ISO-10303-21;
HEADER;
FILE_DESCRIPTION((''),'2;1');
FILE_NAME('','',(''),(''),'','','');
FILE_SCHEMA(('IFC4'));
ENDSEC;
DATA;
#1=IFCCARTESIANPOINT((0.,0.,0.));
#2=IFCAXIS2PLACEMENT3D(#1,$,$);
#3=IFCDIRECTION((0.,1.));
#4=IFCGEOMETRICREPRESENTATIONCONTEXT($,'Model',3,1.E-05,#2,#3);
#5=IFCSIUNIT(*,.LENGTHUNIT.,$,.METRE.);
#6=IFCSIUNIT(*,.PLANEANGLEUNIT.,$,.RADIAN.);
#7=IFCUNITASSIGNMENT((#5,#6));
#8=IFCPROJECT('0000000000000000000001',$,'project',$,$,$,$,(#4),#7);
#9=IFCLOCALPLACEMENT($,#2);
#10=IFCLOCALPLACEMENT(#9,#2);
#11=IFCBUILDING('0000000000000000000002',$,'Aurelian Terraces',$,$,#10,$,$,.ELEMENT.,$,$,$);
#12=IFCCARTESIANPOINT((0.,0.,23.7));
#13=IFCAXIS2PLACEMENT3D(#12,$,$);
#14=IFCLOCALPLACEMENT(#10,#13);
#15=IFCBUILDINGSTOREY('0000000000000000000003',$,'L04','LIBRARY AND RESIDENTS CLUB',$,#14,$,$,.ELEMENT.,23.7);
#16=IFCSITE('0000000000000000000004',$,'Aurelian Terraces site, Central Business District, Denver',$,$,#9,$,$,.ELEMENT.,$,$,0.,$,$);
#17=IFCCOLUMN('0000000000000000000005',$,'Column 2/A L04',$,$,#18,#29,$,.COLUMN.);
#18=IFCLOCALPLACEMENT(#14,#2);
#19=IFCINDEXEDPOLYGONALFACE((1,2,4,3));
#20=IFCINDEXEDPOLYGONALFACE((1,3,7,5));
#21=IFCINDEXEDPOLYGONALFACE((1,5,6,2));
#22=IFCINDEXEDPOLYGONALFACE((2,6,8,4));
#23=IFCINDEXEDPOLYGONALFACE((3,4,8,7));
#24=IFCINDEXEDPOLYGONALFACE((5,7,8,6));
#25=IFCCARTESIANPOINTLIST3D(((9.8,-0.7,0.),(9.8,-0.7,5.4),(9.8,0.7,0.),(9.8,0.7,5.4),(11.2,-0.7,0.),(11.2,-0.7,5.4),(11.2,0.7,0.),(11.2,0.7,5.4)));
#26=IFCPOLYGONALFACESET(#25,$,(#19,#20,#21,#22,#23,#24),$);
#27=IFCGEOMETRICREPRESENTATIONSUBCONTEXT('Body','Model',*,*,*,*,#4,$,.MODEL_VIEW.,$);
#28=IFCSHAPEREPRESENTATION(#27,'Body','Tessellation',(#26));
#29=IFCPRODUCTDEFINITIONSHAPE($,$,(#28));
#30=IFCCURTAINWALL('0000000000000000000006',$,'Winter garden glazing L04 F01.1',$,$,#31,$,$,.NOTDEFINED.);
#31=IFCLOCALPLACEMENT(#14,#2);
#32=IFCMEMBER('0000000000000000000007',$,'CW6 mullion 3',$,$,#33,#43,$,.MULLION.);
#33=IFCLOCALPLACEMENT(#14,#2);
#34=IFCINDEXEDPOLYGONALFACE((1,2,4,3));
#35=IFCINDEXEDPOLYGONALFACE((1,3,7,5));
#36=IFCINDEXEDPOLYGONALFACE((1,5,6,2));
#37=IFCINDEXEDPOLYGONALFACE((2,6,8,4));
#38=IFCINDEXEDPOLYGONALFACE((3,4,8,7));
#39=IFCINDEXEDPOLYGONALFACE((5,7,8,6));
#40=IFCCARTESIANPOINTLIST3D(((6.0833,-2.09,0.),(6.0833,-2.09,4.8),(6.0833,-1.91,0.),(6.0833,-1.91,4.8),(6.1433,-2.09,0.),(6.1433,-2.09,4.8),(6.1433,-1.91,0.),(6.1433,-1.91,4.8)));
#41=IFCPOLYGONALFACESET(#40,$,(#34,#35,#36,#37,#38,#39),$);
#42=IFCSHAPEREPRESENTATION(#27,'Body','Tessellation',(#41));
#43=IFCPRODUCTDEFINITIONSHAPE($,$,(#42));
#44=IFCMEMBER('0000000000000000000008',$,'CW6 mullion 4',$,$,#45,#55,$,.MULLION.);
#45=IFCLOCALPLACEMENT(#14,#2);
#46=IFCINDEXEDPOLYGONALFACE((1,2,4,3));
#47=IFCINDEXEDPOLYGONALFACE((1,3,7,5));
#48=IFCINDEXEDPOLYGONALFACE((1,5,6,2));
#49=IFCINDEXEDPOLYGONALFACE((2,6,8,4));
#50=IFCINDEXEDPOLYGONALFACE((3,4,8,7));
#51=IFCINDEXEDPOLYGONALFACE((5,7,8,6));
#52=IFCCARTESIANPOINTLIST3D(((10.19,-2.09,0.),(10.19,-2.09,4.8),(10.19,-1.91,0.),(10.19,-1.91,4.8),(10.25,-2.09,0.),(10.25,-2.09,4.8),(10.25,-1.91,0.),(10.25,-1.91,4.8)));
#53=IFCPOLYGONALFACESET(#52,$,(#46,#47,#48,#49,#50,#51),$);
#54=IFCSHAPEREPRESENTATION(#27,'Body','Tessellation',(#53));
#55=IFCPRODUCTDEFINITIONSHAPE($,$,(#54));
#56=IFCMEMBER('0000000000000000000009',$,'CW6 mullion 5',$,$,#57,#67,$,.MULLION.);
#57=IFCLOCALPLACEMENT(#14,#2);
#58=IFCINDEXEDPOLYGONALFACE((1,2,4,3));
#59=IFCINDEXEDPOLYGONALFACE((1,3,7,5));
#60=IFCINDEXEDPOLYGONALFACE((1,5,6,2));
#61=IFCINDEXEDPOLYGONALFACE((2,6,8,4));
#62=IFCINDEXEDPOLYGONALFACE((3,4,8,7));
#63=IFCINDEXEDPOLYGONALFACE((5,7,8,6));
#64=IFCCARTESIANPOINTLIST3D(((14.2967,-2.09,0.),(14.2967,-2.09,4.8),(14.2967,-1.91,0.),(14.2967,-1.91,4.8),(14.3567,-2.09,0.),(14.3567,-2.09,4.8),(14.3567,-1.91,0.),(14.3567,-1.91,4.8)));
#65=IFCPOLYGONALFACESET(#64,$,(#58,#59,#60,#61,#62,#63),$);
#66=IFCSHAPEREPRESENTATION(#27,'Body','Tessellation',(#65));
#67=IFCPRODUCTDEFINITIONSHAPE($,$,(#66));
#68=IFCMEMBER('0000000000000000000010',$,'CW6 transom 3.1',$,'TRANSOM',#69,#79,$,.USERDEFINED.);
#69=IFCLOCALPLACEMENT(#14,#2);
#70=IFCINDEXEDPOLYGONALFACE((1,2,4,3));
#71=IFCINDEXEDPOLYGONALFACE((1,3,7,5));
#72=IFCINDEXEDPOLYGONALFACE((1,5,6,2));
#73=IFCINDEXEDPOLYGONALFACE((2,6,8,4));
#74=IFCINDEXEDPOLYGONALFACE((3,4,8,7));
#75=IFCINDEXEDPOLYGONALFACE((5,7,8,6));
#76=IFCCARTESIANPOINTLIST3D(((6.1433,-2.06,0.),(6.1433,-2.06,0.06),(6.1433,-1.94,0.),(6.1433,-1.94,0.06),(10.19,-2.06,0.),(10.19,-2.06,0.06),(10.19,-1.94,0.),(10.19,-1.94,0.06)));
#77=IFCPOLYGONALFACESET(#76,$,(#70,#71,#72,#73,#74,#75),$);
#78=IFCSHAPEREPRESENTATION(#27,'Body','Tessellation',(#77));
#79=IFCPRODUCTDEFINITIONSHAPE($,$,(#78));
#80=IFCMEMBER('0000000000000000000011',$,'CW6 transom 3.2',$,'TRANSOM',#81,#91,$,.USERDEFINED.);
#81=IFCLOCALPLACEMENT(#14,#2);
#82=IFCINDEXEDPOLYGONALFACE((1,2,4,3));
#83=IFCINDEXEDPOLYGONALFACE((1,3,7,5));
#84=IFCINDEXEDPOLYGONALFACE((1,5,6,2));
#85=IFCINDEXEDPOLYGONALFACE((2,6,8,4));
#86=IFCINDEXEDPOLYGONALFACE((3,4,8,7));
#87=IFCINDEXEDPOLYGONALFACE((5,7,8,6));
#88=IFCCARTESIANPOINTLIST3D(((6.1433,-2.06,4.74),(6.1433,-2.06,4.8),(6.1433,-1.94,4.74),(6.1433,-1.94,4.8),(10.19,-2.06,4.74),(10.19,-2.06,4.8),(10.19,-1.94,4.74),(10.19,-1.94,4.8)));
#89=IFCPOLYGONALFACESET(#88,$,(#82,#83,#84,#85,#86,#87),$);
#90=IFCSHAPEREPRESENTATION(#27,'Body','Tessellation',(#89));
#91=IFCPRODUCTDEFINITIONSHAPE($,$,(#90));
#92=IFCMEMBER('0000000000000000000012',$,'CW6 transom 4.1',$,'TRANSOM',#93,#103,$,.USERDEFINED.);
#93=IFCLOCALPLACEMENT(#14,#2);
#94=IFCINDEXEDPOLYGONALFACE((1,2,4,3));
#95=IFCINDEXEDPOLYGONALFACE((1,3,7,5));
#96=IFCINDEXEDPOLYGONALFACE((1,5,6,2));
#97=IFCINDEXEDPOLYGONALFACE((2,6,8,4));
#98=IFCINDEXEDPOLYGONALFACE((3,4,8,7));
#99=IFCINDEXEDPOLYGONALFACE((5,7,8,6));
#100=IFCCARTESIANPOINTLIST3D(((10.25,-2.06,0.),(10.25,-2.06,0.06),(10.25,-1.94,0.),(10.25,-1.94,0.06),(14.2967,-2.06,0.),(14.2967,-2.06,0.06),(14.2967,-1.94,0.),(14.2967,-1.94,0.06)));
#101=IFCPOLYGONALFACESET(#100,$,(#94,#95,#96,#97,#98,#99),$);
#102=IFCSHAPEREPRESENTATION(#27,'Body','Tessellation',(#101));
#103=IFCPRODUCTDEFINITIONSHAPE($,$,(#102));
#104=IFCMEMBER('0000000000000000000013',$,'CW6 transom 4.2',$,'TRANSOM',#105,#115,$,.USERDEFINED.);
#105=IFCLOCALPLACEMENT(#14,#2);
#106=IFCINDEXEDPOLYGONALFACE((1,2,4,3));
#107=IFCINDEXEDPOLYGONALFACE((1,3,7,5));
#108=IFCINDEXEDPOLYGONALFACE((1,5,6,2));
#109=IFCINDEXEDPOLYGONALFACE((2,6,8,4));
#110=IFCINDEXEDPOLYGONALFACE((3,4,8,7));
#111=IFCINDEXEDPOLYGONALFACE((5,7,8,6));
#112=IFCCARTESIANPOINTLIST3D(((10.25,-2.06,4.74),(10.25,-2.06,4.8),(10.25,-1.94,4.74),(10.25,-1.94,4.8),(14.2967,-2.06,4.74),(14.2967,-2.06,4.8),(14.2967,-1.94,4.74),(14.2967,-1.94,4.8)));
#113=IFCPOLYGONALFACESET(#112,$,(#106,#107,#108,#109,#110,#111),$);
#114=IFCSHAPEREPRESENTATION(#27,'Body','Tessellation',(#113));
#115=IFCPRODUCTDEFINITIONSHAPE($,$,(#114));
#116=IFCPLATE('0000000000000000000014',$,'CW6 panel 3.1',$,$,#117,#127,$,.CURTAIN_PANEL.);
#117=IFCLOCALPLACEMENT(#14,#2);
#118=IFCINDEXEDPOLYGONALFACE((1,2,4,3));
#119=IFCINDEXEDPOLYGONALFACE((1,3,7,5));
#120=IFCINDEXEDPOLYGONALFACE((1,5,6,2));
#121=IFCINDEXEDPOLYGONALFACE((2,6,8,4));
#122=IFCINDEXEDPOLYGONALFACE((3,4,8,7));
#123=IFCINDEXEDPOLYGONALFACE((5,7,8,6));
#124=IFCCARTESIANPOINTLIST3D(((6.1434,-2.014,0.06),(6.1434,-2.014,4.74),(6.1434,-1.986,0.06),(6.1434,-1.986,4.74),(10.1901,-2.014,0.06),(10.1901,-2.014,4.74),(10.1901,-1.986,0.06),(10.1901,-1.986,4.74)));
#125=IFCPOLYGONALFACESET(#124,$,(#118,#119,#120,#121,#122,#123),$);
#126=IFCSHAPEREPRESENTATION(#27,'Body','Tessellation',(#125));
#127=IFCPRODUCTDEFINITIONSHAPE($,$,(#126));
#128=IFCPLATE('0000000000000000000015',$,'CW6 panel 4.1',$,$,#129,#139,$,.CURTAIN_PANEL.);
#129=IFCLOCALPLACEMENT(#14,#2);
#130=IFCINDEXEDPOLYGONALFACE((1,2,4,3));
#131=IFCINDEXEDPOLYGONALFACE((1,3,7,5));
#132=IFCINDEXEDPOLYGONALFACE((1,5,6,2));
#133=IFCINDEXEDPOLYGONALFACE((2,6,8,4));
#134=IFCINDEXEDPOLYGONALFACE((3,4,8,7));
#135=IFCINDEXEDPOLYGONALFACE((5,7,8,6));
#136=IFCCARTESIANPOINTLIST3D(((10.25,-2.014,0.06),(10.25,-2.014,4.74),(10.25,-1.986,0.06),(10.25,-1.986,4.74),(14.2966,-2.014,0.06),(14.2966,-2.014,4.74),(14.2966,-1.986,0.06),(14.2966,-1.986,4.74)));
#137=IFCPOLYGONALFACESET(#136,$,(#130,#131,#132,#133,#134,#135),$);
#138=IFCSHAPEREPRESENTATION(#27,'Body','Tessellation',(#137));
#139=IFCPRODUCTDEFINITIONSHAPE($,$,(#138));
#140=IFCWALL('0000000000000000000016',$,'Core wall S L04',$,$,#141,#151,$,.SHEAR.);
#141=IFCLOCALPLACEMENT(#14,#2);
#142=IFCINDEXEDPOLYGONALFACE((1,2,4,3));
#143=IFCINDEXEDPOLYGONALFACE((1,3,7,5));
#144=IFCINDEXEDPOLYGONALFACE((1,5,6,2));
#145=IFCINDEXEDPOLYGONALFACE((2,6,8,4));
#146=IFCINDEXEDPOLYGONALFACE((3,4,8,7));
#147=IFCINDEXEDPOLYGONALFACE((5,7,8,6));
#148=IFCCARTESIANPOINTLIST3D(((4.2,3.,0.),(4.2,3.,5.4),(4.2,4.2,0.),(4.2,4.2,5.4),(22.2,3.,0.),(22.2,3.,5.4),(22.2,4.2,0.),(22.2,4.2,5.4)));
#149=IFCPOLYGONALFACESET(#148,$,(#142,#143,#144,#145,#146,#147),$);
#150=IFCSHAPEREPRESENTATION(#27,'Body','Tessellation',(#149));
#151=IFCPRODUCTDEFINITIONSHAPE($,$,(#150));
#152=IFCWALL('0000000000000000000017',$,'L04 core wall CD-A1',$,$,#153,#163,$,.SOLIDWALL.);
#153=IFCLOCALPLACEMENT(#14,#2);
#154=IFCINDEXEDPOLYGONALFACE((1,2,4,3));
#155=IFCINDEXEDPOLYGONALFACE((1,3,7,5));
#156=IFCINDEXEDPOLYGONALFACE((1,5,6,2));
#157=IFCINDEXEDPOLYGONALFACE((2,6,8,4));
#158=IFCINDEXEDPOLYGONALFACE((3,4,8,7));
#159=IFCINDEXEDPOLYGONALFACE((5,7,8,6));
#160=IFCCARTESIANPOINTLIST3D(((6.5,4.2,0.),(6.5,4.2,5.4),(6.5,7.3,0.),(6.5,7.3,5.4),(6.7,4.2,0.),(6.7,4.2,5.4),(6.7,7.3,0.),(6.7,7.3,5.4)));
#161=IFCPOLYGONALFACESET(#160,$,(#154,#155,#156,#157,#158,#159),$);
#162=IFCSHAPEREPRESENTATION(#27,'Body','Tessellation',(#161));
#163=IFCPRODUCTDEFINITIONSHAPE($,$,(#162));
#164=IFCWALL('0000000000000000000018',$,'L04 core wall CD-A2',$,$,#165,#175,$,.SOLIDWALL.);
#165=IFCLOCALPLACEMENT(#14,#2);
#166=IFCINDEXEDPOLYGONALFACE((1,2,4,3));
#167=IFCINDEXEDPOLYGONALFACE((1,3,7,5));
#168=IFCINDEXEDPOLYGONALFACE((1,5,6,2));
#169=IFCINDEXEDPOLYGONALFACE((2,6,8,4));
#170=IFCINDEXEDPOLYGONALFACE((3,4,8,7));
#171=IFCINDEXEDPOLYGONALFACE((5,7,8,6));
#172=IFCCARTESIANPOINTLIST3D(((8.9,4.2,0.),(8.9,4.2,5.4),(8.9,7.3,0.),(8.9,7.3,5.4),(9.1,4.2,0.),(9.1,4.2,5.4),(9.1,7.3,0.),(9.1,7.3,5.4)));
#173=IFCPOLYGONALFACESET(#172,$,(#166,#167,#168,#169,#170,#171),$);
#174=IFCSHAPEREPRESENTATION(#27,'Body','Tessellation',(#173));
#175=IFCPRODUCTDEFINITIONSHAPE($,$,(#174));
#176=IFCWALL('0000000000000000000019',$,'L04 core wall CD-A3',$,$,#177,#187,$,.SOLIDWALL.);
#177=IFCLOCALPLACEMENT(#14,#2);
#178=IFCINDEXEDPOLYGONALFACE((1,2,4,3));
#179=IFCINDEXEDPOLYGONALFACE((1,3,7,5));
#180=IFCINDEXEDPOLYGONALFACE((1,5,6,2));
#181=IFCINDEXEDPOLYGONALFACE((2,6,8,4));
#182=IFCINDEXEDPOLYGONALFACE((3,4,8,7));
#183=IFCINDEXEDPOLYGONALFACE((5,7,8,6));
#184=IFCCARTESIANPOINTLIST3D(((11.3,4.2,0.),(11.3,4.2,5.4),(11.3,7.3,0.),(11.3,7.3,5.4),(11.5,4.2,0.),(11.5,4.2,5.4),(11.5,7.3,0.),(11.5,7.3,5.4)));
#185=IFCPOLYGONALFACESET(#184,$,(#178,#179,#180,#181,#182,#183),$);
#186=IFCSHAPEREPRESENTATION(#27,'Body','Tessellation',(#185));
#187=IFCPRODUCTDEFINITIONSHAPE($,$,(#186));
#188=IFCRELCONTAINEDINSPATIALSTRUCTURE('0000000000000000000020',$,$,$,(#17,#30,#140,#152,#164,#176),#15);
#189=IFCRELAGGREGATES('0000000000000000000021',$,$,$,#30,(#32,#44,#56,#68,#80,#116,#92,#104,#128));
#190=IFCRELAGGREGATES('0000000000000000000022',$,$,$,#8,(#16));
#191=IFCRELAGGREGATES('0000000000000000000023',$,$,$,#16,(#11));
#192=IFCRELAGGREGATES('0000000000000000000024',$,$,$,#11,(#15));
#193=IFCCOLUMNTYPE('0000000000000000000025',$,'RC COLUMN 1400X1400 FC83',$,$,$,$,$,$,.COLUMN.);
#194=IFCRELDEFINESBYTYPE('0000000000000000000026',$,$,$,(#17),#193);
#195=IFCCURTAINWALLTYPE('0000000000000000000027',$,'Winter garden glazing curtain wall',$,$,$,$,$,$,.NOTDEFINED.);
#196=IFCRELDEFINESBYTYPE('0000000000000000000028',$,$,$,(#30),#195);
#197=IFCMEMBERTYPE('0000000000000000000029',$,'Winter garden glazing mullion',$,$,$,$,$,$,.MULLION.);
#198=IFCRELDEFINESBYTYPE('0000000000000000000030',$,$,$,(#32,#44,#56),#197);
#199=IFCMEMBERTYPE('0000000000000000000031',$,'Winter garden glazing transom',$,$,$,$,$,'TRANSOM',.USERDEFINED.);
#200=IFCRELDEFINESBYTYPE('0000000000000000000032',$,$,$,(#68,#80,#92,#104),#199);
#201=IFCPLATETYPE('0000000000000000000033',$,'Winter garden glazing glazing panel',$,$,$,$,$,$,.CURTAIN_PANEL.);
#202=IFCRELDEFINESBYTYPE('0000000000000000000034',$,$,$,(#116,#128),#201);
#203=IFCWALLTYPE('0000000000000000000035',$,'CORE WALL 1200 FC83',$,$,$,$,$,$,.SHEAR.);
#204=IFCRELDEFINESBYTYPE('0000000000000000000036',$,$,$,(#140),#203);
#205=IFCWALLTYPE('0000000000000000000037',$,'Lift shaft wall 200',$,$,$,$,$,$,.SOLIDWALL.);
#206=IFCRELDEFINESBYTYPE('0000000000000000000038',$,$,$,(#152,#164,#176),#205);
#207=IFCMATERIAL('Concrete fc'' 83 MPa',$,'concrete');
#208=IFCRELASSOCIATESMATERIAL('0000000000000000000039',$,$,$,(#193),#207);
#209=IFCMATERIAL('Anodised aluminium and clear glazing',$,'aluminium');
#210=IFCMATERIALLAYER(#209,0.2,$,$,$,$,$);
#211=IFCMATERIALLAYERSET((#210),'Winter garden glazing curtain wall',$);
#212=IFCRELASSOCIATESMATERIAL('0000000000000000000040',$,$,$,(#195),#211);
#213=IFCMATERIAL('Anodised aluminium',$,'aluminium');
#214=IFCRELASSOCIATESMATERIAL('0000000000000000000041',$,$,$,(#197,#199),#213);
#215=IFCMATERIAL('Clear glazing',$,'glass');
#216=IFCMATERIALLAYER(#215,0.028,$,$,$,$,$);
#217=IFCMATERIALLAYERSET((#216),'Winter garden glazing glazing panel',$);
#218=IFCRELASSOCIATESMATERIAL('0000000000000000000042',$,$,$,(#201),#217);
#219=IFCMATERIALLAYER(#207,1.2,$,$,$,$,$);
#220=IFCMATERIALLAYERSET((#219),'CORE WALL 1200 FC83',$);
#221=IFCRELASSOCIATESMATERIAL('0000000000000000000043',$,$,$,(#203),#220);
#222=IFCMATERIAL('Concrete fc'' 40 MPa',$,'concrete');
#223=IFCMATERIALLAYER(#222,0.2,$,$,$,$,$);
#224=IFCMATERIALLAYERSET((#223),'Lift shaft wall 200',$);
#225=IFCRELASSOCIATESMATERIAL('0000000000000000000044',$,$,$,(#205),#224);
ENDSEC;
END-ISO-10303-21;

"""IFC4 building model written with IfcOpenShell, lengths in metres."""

from ifc_helpers import new_model, si_unit, direction, frame, frame_2d, origin, origin_2d, place, context, subcontext, project, spatial, rectangle, extrude, source, transform, mapped, material, layer, layer_set, material_profile, profile_set, type_object, element, aggregate, save


model = new_model("IFC4")

# Units and contexts
model_context = context("Model", 3, precision=1e-05, world=origin(), true_north=direction((0.0, 1.0)))
body_context = subcontext(model_context, "Body", "Model", "MODEL_VIEW")
ifc_project = project(units=[si_unit("LENGTHUNIT", "METRE"), si_unit("PLANEANGLEUNIT", "RADIAN")], contexts=[model_context])

# Site, building, storey
site_placement = place(None, origin())
site = spatial("IfcSite", under=ifc_project, at=site_placement, Name="Aurelian Terraces site, Central Business District, Denver", CompositionType="ELEMENT", RefElevation=0.0)
building_placement = place(site_placement, origin())
building = spatial("IfcBuilding", under=site, at=building_placement, Name="Aurelian Terraces", CompositionType="ELEMENT")
storey_placement = place(building_placement, frame((0.0, 0.0, 23.7)))
storey = spatial("IfcBuildingStorey", under=building, at=storey_placement, Name="L04", Description="LIBRARY AND RESIDENTS CLUB", CompositionType="ELEMENT", Elevation=23.7)

# Column
ifc_material_1 = material(Name="Concrete fc' 83 MPa", Category="concrete")
ifc_material_profile_1 = material_profile(ifc_material_1, rectangle(XDim=1.4, YDim=1.4, at=origin_2d()))
ifc_profile_set_1 = profile_set([ifc_material_profile_1], Name="Concrete fc' 83 MPa")
column_type = type_object("IfcColumnType", Name="RC COLUMN 1400X1400 FC83", PredefinedType="COLUMN", material=ifc_profile_set_1)
shared_shape_1 = source(origin(), body_context, "Body", "SweptSolid", [
    extrude(rectangle(XDim=1.4, YDim=1.4, at=origin_2d()), origin(), (0.0, 0.0, 1.0), 5.4),
])
column_placement = place(storey_placement, frame((10.5, 0.0, 0.0), z_axis=(0.0, 0.0, 1.0), x_axis=(1.0, 0.0, 0.0)))
element("IfcColumn", 1, at=column_placement, inside=storey, type_object=column_type, Name="Column 2/A L04", PredefinedType="COLUMN", context=body_context, shape_type="MappedRepresentation", body=[
    mapped(shared_shape_1, transform((0.0, 0.0, 0.0), scale=1.0)),
])

# Curtain wall, members, plates
ifc_material_2 = material(Name="Anodised aluminium and clear glazing", Category="aluminium")
ifc_layer_1 = layer(ifc_material_2, 0.2)
ifc_layer_set_1 = layer_set([ifc_layer_1], Name="Winter garden glazing curtain wall")
curtain_wall_type = type_object("IfcCurtainWallType", Name="Winter garden glazing curtain wall", PredefinedType="NOTDEFINED", material=ifc_layer_set_1)
curtain_wall_placement = place(storey_placement, origin())
curtain_wall = element("IfcCurtainWall", 2, at=curtain_wall_placement, inside=storey, type_object=curtain_wall_type, Name="Winter garden glazing L04 F01.1", PredefinedType="NOTDEFINED")
ifc_material_3 = material(Name="Anodised aluminium", Category="aluminium")
ifc_material_profile_2 = material_profile(ifc_material_3, rectangle(XDim=0.18, YDim=0.06, at=origin_2d()))
ifc_profile_set_2 = profile_set([ifc_material_profile_2], Name="Anodised aluminium")
member_type_1 = type_object("IfcMemberType", Name="Winter garden glazing mullion", PredefinedType="MULLION", material=ifc_profile_set_2)
shared_shape_2 = source(origin(), body_context, "Body", "SweptSolid", [
    extrude(rectangle(XDim=0.18, YDim=0.06, at=origin_2d()), origin(), (0.0, 0.0, 1.0), 4.8),
])
member_1_placement = place(storey_placement, frame((6.1133, -2.0, 0.0), z_axis=(0.0, 0.0, 1.0), x_axis=(0.0, 1.0, 0.0)))
member_1 = element("IfcMember", 3, at=member_1_placement, type_object=member_type_1, Name="CW6 mullion 3", PredefinedType="MULLION", context=body_context, shape_type="MappedRepresentation", body=[
    mapped(shared_shape_2, transform((0.0, 0.0, 0.0), scale=1.0)),
])
member_2_placement = place(storey_placement, frame((10.22, -2.0, 0.0), z_axis=(0.0, 0.0, 1.0), x_axis=(0.0, 1.0, 0.0)))
member_2 = element("IfcMember", 4, at=member_2_placement, type_object=member_type_1, Name="CW6 mullion 4", PredefinedType="MULLION", context=body_context, shape_type="MappedRepresentation", body=[
    mapped(shared_shape_2, transform((0.0, 0.0, 0.0), scale=1.0)),
])
member_3_placement = place(storey_placement, frame((14.3267, -2.0, 0.0), z_axis=(0.0, 0.0, 1.0), x_axis=(0.0, 1.0, 0.0)))
member_3 = element("IfcMember", 5, at=member_3_placement, type_object=member_type_1, Name="CW6 mullion 5", PredefinedType="MULLION", context=body_context, shape_type="MappedRepresentation", body=[
    mapped(shared_shape_2, transform((0.0, 0.0, 0.0), scale=1.0)),
])
ifc_material_profile_3 = material_profile(ifc_material_3, rectangle(XDim=0.12, YDim=0.06, at=origin_2d()))
ifc_profile_set_3 = profile_set([ifc_material_profile_3], Name="Anodised aluminium")
member_type_2 = type_object("IfcMemberType", Name="Winter garden glazing transom", ElementType="TRANSOM", PredefinedType="USERDEFINED", material=ifc_profile_set_3)
shared_shape_3 = source(origin(), body_context, "Body", "SweptSolid", [
    extrude(rectangle(XDim=0.12, YDim=0.06, at=origin_2d()), origin(), (0.0, 0.0, 1.0), 4.0467),
])
member_4_placement = place(storey_placement, frame((6.1433, -2.0, 0.03), z_axis=(1.0, 0.0, 0.0), x_axis=(0.0, 1.0, 0.0)))
member_4 = element("IfcMember", 6, at=member_4_placement, type_object=member_type_2, Name="CW6 transom 3.1", ObjectType="TRANSOM", PredefinedType="USERDEFINED", context=body_context, shape_type="MappedRepresentation", body=[
    mapped(shared_shape_3, transform((0.0, 0.0, 0.0), scale=1.0)),
])
member_5_placement = place(storey_placement, frame((6.1433, -2.0, 4.77), z_axis=(1.0, 0.0, 0.0), x_axis=(0.0, 1.0, 0.0)))
member_5 = element("IfcMember", 7, at=member_5_placement, type_object=member_type_2, Name="CW6 transom 3.2", ObjectType="TRANSOM", PredefinedType="USERDEFINED", context=body_context, shape_type="MappedRepresentation", body=[
    mapped(shared_shape_3, transform((0.0, 0.0, 0.0), scale=1.0)),
])
member_6_placement = place(storey_placement, frame((10.25, -2.0, 0.03), z_axis=(1.0, 0.0, 0.0), x_axis=(0.0, 1.0, 0.0)))
member_6 = element("IfcMember", 8, at=member_6_placement, type_object=member_type_2, Name="CW6 transom 4.1", ObjectType="TRANSOM", PredefinedType="USERDEFINED", context=body_context, shape_type="MappedRepresentation", body=[
    mapped(shared_shape_3, transform((0.0, 0.0, 0.0), scale=1.0)),
])
member_7_placement = place(storey_placement, frame((10.25, -2.0, 4.77), z_axis=(1.0, 0.0, 0.0), x_axis=(0.0, 1.0, 0.0)))
member_7 = element("IfcMember", 9, at=member_7_placement, type_object=member_type_2, Name="CW6 transom 4.2", ObjectType="TRANSOM", PredefinedType="USERDEFINED", context=body_context, shape_type="MappedRepresentation", body=[
    mapped(shared_shape_3, transform((0.0, 0.0, 0.0), scale=1.0)),
])
ifc_material_4 = material(Name="Clear glazing", Category="glass")
ifc_layer_2 = layer(ifc_material_4, 0.028)
ifc_layer_set_2 = layer_set([ifc_layer_2], Name="Winter garden glazing glazing panel")
plate_type = type_object("IfcPlateType", Name="Winter garden glazing glazing panel", PredefinedType="CURTAIN_PANEL", material=ifc_layer_set_2)
shared_shape_4 = source(origin(), body_context, "Body", "SweptSolid", [
    extrude(rectangle(XDim=4.0467, YDim=0.028, at=origin_2d()), origin(), (0.0, 0.0, 1.0), 4.68),
])
plate_1_placement = place(storey_placement, frame((8.1667, -2.0, 0.06), z_axis=(0.0, 0.0, 1.0), x_axis=(1.0, 0.0, 0.0)))
plate_1 = element("IfcPlate", 10, at=plate_1_placement, type_object=plate_type, Name="CW6 panel 3.1", PredefinedType="CURTAIN_PANEL", context=body_context, shape_type="MappedRepresentation", body=[
    mapped(shared_shape_4, transform((0.0, 0.0, 0.0), scale=1.0)),
])
plate_2_placement = place(storey_placement, frame((12.2733, -2.0, 0.06), z_axis=(0.0, 0.0, 1.0), x_axis=(1.0, 0.0, 0.0)))
plate_2 = element("IfcPlate", 11, at=plate_2_placement, type_object=plate_type, Name="CW6 panel 4.1", PredefinedType="CURTAIN_PANEL", context=body_context, shape_type="MappedRepresentation", body=[
    mapped(shared_shape_4, transform((0.0, 0.0, 0.0), scale=1.0)),
])
aggregate(curtain_wall, [member_1, member_2, member_3, member_4, member_5, plate_1, member_6, member_7, plate_2])

# Walls
ifc_layer_3 = layer(ifc_material_1, 1.2)
ifc_layer_set_3 = layer_set([ifc_layer_3], Name="CORE WALL 1200 FC83")
wall_type_1 = type_object("IfcWallType", Name="CORE WALL 1200 FC83", PredefinedType="SHEAR", material=ifc_layer_set_3)
shared_shape_5 = source(origin(), body_context, "Body", "SweptSolid", [
    extrude(rectangle(XDim=18.0, YDim=1.2, at=frame_2d((9.0, 0.0))), origin(), (0.0, 0.0, 1.0), 5.4),
])
wall_1_placement = place(storey_placement, frame((4.2, 3.6, 0.0), z_axis=(0.0, 0.0, 1.0), x_axis=(1.0, 0.0, 0.0)))
element("IfcWall", 12, at=wall_1_placement, inside=storey, type_object=wall_type_1, Name="Core wall S L04", PredefinedType="SHEAR", context=body_context, shape_type="MappedRepresentation", body=[
    mapped(shared_shape_5, transform((0.0, 0.0, 0.0), scale=1.0)),
])
ifc_material_5 = material(Name="Concrete fc' 40 MPa", Category="concrete")
ifc_layer_4 = layer(ifc_material_5, 0.2)
ifc_layer_set_4 = layer_set([ifc_layer_4], Name="Lift shaft wall 200")
wall_type_2 = type_object("IfcWallType", Name="Lift shaft wall 200", PredefinedType="SOLIDWALL", material=ifc_layer_set_4)
shared_shape_6 = source(origin(), body_context, "Body", "SweptSolid", [
    extrude(rectangle(XDim=3.1, YDim=0.2, at=frame_2d((1.55, 0.0))), origin(), (0.0, 0.0, 1.0), 5.4),
])
for number, where, z_axis, x_axis, name in (
    (13, (6.6, 4.2, 0.0), (0.0, 0.0, 1.0), (0.0, 1.0, 0.0), "L04 core wall CD-A1"),
    (14, (9.0, 4.2, 0.0), (0.0, 0.0, 1.0), (0.0, 1.0, 0.0), "L04 core wall CD-A2"),
    (15, (11.4, 4.2, 0.0), (0.0, 0.0, 1.0), (0.0, 1.0, 0.0), "L04 core wall CD-A3"),
):
    element("IfcWall", number, at=place(storey_placement, frame(where, z_axis=z_axis, x_axis=x_axis)), inside=storey, type_object=wall_type_2, Name=name, PredefinedType="SOLIDWALL", context=body_context, shape_type="MappedRepresentation", body=[
        mapped(shared_shape_6, transform((0.0, 0.0, 0.0), scale=1.0)),
    ])

save(model, "model.ifc")
